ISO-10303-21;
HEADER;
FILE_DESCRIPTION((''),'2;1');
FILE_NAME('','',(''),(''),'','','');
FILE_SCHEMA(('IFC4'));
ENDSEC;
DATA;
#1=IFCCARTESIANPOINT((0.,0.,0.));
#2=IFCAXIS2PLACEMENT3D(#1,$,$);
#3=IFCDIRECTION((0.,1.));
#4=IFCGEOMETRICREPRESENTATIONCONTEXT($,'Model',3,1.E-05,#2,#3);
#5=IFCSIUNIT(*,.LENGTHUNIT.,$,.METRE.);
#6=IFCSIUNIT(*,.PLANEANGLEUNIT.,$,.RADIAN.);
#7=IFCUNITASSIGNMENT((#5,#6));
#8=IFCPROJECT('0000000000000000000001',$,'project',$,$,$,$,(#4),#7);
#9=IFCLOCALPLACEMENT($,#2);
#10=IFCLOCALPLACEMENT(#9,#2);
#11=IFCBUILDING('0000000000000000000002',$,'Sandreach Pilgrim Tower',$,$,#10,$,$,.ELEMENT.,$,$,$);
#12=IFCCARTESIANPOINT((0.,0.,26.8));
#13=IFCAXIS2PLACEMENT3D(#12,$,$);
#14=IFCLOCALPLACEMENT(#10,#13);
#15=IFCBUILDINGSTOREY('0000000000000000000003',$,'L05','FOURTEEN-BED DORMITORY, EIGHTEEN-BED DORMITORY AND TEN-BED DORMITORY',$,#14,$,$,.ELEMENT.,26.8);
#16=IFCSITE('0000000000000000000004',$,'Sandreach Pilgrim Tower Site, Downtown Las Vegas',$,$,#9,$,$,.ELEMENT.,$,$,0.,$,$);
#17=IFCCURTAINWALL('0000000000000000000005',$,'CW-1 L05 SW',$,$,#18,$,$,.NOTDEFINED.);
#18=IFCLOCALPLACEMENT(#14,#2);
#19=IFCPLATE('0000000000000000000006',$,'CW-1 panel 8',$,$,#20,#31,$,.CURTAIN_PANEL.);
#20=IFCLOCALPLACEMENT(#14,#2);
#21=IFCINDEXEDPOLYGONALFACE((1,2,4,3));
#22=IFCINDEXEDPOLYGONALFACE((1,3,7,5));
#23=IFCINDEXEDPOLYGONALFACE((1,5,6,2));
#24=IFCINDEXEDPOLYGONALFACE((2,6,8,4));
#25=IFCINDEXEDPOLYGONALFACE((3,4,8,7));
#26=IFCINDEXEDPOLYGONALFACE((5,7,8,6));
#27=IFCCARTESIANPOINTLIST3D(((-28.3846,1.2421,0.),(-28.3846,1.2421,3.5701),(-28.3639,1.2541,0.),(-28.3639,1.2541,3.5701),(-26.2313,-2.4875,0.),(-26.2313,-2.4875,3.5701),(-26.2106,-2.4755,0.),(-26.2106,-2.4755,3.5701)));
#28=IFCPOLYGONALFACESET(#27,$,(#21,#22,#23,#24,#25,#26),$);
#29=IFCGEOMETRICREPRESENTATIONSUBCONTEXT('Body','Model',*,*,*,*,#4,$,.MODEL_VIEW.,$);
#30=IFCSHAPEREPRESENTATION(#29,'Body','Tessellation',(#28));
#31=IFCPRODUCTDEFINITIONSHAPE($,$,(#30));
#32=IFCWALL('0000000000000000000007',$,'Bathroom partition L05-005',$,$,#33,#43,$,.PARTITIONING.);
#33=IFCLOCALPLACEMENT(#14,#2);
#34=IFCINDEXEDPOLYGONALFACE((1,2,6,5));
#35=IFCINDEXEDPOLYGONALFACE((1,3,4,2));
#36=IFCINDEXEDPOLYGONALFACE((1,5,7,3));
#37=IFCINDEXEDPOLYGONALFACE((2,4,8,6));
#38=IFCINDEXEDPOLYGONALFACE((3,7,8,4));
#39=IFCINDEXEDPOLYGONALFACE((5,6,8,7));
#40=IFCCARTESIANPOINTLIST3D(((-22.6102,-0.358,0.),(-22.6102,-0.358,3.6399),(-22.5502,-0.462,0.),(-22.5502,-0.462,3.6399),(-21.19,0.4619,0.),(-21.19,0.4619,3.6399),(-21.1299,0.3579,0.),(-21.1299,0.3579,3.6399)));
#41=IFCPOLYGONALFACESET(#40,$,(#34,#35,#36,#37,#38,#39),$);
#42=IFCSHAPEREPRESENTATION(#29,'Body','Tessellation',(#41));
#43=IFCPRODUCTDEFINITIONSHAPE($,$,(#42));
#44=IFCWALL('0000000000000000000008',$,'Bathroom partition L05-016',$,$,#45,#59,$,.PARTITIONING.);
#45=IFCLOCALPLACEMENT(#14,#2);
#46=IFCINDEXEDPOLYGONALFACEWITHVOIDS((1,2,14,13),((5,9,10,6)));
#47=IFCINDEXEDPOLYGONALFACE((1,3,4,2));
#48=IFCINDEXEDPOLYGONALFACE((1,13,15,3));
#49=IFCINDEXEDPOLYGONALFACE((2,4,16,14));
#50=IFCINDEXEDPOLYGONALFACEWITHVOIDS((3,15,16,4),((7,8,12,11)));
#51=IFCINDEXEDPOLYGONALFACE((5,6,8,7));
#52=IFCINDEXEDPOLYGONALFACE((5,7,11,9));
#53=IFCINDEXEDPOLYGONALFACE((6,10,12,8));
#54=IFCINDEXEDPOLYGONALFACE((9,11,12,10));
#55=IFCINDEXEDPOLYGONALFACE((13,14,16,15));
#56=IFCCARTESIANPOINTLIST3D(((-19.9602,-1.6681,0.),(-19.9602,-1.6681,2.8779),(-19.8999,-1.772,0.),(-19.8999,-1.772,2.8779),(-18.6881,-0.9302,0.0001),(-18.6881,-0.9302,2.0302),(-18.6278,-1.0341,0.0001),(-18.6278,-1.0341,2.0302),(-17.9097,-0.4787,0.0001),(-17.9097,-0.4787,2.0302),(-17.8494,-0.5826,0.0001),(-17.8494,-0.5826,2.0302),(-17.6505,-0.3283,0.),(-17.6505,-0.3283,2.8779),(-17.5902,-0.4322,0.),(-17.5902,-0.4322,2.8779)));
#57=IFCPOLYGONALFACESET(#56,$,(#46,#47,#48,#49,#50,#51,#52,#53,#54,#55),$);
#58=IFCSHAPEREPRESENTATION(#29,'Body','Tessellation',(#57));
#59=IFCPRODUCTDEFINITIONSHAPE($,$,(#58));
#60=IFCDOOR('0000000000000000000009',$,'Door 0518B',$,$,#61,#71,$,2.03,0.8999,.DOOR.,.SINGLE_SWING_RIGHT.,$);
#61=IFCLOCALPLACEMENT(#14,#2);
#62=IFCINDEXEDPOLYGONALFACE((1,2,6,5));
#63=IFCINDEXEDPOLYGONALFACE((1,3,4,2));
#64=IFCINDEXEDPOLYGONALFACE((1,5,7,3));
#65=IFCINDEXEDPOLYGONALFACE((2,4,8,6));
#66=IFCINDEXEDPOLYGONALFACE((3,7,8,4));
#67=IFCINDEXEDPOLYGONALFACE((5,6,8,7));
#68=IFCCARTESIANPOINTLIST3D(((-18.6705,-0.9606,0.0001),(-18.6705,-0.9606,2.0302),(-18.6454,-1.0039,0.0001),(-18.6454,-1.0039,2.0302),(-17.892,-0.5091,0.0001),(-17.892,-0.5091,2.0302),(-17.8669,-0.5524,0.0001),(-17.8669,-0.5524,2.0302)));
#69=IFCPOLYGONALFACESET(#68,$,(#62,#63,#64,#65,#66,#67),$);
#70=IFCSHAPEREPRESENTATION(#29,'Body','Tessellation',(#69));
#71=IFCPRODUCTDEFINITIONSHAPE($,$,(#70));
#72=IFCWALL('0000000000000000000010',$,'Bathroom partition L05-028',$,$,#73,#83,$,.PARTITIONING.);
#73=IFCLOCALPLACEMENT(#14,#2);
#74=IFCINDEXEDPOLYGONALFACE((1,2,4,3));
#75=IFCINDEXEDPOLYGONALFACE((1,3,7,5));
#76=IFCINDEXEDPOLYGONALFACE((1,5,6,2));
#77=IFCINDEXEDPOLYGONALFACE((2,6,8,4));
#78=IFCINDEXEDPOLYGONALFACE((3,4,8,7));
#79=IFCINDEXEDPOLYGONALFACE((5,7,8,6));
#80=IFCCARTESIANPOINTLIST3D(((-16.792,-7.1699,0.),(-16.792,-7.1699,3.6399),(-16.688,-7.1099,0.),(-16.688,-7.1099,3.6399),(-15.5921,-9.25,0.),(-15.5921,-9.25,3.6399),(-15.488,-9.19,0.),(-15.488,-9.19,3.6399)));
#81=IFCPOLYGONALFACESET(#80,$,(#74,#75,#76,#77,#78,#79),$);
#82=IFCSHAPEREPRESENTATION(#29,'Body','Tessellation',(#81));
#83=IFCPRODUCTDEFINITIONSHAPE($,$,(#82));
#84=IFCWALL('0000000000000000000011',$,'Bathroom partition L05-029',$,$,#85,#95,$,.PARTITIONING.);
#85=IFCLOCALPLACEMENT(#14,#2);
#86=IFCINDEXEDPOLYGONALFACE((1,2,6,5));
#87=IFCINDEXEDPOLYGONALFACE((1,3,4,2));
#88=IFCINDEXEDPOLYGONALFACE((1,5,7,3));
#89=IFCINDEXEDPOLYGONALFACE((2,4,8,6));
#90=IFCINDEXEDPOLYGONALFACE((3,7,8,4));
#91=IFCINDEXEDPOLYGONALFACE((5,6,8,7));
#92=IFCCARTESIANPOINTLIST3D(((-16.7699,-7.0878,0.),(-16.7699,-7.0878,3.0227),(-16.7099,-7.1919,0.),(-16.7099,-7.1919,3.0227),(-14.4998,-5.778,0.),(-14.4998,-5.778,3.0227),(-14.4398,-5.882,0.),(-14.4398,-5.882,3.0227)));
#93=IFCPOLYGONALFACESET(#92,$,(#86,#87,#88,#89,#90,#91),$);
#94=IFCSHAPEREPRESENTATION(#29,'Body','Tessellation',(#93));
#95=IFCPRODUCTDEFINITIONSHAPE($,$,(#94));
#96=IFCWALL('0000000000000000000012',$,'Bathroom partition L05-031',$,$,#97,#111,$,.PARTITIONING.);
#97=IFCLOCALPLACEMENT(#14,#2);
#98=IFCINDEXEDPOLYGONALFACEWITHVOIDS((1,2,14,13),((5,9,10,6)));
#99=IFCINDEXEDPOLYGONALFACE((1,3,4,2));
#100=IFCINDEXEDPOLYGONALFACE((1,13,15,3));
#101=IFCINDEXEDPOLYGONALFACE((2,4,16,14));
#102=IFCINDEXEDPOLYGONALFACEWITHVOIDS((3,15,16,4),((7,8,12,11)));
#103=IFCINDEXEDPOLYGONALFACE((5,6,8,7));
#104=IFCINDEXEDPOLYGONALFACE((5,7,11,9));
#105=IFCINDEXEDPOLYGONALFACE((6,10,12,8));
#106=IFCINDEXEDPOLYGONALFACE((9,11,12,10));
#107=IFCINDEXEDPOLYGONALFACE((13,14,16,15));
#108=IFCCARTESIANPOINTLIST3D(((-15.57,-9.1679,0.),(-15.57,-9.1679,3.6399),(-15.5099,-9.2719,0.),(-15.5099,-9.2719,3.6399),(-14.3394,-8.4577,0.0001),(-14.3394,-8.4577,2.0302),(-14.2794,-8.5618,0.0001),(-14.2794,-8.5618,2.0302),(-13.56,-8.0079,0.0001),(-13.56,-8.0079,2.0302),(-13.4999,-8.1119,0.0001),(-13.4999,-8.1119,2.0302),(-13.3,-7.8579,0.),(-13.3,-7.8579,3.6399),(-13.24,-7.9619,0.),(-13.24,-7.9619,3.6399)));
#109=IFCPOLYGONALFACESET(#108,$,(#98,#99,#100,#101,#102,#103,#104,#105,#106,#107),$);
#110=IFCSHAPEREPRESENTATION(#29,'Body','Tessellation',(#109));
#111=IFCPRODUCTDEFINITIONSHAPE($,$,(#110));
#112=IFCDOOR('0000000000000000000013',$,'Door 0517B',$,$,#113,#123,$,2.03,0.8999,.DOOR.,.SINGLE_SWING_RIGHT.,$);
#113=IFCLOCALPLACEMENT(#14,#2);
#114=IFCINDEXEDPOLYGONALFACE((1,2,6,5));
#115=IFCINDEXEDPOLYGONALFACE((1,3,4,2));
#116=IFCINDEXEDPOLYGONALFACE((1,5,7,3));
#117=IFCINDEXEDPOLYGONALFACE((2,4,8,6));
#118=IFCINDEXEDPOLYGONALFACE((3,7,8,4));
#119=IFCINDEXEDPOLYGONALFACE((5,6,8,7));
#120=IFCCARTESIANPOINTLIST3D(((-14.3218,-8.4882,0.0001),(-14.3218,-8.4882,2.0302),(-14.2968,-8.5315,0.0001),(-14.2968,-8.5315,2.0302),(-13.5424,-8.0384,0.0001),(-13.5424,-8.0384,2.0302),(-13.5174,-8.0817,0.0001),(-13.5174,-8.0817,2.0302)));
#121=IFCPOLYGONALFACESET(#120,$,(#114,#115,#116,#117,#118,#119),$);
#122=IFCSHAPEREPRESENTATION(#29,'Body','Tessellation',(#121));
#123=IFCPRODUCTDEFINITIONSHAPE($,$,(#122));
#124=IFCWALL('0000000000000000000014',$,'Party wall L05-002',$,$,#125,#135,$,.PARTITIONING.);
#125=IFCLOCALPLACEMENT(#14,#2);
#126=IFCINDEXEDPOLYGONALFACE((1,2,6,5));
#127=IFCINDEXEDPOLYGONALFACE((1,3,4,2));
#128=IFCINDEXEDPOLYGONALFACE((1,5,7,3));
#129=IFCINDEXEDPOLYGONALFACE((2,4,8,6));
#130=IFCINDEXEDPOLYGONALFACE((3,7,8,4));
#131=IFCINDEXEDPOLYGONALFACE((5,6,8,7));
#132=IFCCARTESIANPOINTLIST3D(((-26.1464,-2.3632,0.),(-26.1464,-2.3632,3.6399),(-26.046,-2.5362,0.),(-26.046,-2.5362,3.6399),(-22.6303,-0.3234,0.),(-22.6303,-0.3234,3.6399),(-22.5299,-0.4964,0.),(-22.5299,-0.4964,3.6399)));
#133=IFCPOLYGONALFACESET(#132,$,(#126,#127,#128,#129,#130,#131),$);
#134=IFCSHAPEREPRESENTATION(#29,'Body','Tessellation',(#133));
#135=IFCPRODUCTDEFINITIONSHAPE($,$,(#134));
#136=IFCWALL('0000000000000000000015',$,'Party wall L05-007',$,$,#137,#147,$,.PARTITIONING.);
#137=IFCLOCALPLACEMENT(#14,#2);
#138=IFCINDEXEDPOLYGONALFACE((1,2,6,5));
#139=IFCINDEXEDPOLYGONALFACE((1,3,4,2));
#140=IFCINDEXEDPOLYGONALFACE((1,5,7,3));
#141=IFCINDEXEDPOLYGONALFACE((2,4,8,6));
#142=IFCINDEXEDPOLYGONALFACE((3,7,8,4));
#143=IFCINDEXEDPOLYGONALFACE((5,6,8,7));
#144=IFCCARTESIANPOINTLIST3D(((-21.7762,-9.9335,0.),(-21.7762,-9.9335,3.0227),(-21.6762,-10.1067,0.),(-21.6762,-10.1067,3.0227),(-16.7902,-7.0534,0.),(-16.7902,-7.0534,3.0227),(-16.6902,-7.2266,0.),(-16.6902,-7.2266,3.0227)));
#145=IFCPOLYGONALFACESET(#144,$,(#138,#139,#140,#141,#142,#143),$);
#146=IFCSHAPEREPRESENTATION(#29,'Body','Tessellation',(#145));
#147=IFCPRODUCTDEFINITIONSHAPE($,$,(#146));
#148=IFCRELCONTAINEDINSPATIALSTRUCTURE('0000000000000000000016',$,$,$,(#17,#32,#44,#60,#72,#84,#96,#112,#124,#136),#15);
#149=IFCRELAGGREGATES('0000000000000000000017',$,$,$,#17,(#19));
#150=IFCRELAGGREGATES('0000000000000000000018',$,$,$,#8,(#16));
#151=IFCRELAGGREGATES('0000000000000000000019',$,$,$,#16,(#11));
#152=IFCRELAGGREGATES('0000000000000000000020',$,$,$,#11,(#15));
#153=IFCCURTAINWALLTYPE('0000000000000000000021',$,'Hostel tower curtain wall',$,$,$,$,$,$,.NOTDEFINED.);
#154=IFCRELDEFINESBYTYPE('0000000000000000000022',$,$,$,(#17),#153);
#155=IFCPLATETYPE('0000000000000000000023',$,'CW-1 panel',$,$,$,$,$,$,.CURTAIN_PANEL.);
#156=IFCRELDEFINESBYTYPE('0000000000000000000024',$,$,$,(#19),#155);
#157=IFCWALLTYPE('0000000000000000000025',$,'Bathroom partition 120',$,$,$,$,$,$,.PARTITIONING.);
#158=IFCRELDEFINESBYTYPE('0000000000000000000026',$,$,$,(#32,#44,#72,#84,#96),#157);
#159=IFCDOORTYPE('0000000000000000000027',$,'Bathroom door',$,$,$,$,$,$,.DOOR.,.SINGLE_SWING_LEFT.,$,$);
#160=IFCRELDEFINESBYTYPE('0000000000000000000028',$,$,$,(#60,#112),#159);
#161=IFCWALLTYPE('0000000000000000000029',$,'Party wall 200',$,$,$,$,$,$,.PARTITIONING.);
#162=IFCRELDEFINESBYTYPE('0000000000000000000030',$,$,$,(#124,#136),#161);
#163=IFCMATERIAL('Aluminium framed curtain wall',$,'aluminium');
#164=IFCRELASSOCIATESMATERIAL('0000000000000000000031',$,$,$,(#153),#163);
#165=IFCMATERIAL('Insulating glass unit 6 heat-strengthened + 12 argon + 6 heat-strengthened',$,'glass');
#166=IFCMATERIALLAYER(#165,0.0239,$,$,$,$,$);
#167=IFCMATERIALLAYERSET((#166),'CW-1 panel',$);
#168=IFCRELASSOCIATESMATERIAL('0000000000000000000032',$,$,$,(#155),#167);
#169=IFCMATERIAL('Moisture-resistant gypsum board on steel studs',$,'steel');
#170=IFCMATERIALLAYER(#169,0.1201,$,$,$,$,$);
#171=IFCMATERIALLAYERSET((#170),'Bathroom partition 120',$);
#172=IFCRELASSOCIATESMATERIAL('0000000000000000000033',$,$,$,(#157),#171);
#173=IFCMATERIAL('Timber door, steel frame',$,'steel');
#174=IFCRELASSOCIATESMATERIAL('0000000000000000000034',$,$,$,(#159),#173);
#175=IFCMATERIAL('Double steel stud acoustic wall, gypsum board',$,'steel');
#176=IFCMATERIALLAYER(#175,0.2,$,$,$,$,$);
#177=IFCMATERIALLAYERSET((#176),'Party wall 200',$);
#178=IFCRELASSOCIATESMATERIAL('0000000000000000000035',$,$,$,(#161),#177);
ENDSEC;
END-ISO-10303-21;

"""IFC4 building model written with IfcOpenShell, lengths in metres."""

from ifc_helpers import new_model, si_unit, direction, frame, frame_2d, origin, origin_2d, place, context, subcontext, project, spatial, rectangle, extrude, material, layer, layer_set, type_object, element, fill, aggregate, save


model = new_model("IFC4")

# Units and contexts
model_context = context("Model", 3, precision=1e-05, world=origin(), true_north=direction((0.0, 1.0)))
body_context = subcontext(model_context, "Body", "Model", "MODEL_VIEW")
ifc_project = project(units=[si_unit("LENGTHUNIT", "METRE"), si_unit("PLANEANGLEUNIT", "RADIAN")], contexts=[model_context])

# Site, building, storey
site_placement = place(None, origin())
site = spatial("IfcSite", under=ifc_project, at=site_placement, Name="Sandreach Pilgrim Tower Site, Downtown Las Vegas", CompositionType="ELEMENT", RefElevation=0.0)
building_placement = place(site_placement, origin())
building = spatial("IfcBuilding", under=site, at=building_placement, Name="Sandreach Pilgrim Tower", CompositionType="ELEMENT")
storey_placement = place(building_placement, frame((0.0, 0.0, 26.8)))
storey = spatial("IfcBuildingStorey", under=building, at=storey_placement, Name="L05", Description="FOURTEEN-BED DORMITORY, EIGHTEEN-BED DORMITORY AND TEN-BED DORMITORY", CompositionType="ELEMENT", Elevation=26.8)

# Curtain wall
ifc_material_1 = material(Name="Aluminium framed curtain wall", Category="aluminium")
curtain_wall_type = type_object("IfcCurtainWallType", Name="Hostel tower curtain wall", PredefinedType="NOTDEFINED", material=ifc_material_1)
curtain_wall_placement = place(storey_placement, origin())
curtain_wall = element("IfcCurtainWall", 1, at=curtain_wall_placement, inside=storey, type_object=curtain_wall_type, Name="CW-1 L05 SW", PredefinedType="NOTDEFINED")

# Plate
ifc_material_2 = material(Name="Insulating glass unit 6 heat-strengthened + 12 argon + 6 heat-strengthened", Category="glass")
ifc_layer_1 = layer(ifc_material_2, 0.0239)
ifc_layer_set_1 = layer_set([ifc_layer_1], Name="CW-1 panel")
plate_type = type_object("IfcPlateType", Name="CW-1 panel", PredefinedType="CURTAIN_PANEL", material=ifc_layer_set_1)
plate_1_placement = place(storey_placement, frame((-27.2976, -0.6167, 0.0), z_axis=(0.0, 0.0, 1.0), x_axis=(-0.5, 0.866025, 0.0)))
plate_1 = element("IfcPlate", 2, at=plate_1_placement, type_object=plate_type, Name="CW-1 panel 8", PredefinedType="CURTAIN_PANEL", context=body_context, shape_type="SweptSolid", body=[
    extrude(rectangle(XDim=4.3066, YDim=0.0239, at=origin_2d()), origin(), (0.0, 0.0, 1.0), 3.5701),
])
aggregate(curtain_wall, [plate_1])

# Wall
ifc_material_3 = material(Name="Moisture-resistant gypsum board on steel studs", Category="steel")
ifc_layer_2 = layer(ifc_material_3, 0.1201)
ifc_layer_set_2 = layer_set([ifc_layer_2], Name="Bathroom partition 120")
wall_type_1 = type_object("IfcWallType", Name="Bathroom partition 120", PredefinedType="PARTITIONING", material=ifc_layer_set_2)
wall_1_placement = place(storey_placement, frame((-22.5801, -0.4099, 0.0), z_axis=(0.0, 0.0, 1.0), x_axis=(0.866054, 0.49995, 0.0)))
element("IfcWall", 3, at=wall_1_placement, inside=storey, type_object=wall_type_1, Name="Bathroom partition L05-005", PredefinedType="PARTITIONING", context=body_context, shape_type="SweptSolid", body=[
    extrude(rectangle(XDim=1.6399, YDim=0.1201, at=frame_2d((0.8198, 0.0))), origin(), (0.0, 0.0, 1.0), 3.6399),
])

# Wall, opening, door
wall_2_placement = place(storey_placement, frame((-19.9299, -1.72, 0.0), z_axis=(0.0, 0.0, 1.0), x_axis=(0.865007, 0.501761, 0.0)))
wall_2 = element("IfcWall", 4, at=wall_2_placement, inside=storey, type_object=wall_type_1, Name="Bathroom partition L05-016", PredefinedType="PARTITIONING", context=body_context, shape_type="SweptSolid", body=[
    extrude(rectangle(XDim=2.6702, YDim=0.1201, at=frame_2d((1.335, 0.0))), origin(), (0.0, 0.0, 1.0), 2.8779),
])
opening_1_placement = place(wall_2_placement, frame((1.4705, 0.0, 0.0)))
opening_1 = element("IfcOpeningElement", 5, at=opening_1_placement, cuts=wall_2, PredefinedType="OPENING", context=body_context, shape_type="SweptSolid", body=[
    extrude(rectangle(XDim=0.8999, YDim=2.03, at=frame_2d((0.45, 1.0151))), frame((0.0, 0.0601, 0.0), z_axis=(0.0, -1.0, 0.0), x_axis=(1.0, 0.0, 0.0)), (0.0, 0.0, 1.0), 0.1201),
])
ifc_material_4 = material(Name="Timber door, steel frame", Category="steel")
door_type_1 = type_object("IfcDoorType", Name="Bathroom door", OperationType="SINGLE_SWING_LEFT", PredefinedType="DOOR", material=ifc_material_4)
door_1_placement = place(opening_1_placement, origin())
door_1 = element("IfcDoor", 6, at=door_1_placement, inside=storey, type_object=door_type_1, Name="Door 0518B", OperationType="SINGLE_SWING_RIGHT", OverallHeight=2.03, OverallWidth=0.8999, PredefinedType="DOOR", context=body_context, shape_type="SweptSolid", body=[
    extrude(rectangle(XDim=0.8999, YDim=2.03, at=frame_2d((0.45, 1.0151))), frame((0.0, 0.0249, 0.0), z_axis=(0.0, -1.0, 0.0), x_axis=(1.0, 0.0, 0.0)), (0.0, 0.0, 1.0), 0.05),
])
fill(opening_1, door_1)

# Walls
wall_3_placement = place(storey_placement, frame((-16.74, -7.1399, 0.0), z_axis=(0.0, 0.0, 1.0), x_axis=(0.499693, -0.866203, 0.0)))
element("IfcWall", 7, at=wall_3_placement, inside=storey, type_object=wall_type_1, Name="Bathroom partition L05-028", PredefinedType="PARTITIONING", context=body_context, shape_type="SweptSolid", body=[
    extrude(rectangle(XDim=2.4014, YDim=0.1201, at=frame_2d((1.2007, 0.0))), origin(), (0.0, 0.0, 1.0), 3.6399),
])
wall_4_placement = place(storey_placement, frame((-16.74, -7.1399, 0.0), z_axis=(0.0, 0.0, 1.0), x_axis=(0.866155, 0.499776, 0.0)))
element("IfcWall", 8, at=wall_4_placement, inside=storey, type_object=wall_type_1, Name="Bathroom partition L05-029", PredefinedType="PARTITIONING", context=body_context, shape_type="SweptSolid", body=[
    extrude(rectangle(XDim=2.6208, YDim=0.1201, at=frame_2d((1.3105, 0.0))), origin(), (0.0, 0.0, 1.0), 3.0227),
])

# Wall, opening, door
wall_5_placement = place(storey_placement, frame((-15.54, -9.22, 0.0), z_axis=(0.0, 0.0, 1.0), x_axis=(0.866114, 0.499846, 0.0)))
wall_5 = element("IfcWall", 9, at=wall_5_placement, inside=storey, type_object=wall_type_1, Name="Bathroom partition L05-031", PredefinedType="PARTITIONING", context=body_context, shape_type="SweptSolid", body=[
    extrude(rectangle(XDim=2.6208, YDim=0.1201, at=frame_2d((1.3105, 0.0))), origin(), (0.0, 0.0, 1.0), 3.6399),
])
opening_2_placement = place(wall_5_placement, frame((1.4209, 0.0, 0.0)))
opening_2 = element("IfcOpeningElement", 10, at=opening_2_placement, cuts=wall_5, PredefinedType="OPENING", context=body_context, shape_type="SweptSolid", body=[
    extrude(rectangle(XDim=0.8999, YDim=2.03, at=frame_2d((0.45, 1.0151))), frame((0.0, 0.0601, 0.0), z_axis=(0.0, -1.0, 0.0), x_axis=(1.0, 0.0, 0.0)), (0.0, 0.0, 1.0), 0.1201),
])
door_2_placement = place(opening_2_placement, origin())
door_2 = element("IfcDoor", 11, at=door_2_placement, inside=storey, type_object=door_type_1, Name="Door 0517B", OperationType="SINGLE_SWING_RIGHT", OverallHeight=2.03, OverallWidth=0.8999, PredefinedType="DOOR", context=body_context, shape_type="SweptSolid", body=[
    extrude(rectangle(XDim=0.8999, YDim=2.03, at=frame_2d((0.45, 1.0151))), frame((0.0, 0.0249, 0.0), z_axis=(0.0, -1.0, 0.0), x_axis=(1.0, 0.0, 0.0)), (0.0, 0.0, 1.0), 0.05),
])
fill(opening_2, door_2)

# Walls
ifc_material_5 = material(Name="Double steel stud acoustic wall, gypsum board", Category="steel")
ifc_layer_3 = layer(ifc_material_5, 0.2)
ifc_layer_set_3 = layer_set([ifc_layer_3], Name="Party wall 200")
wall_type_2 = type_object("IfcWallType", Name="Party wall 200", PredefinedType="PARTITIONING", material=ifc_layer_set_3)
wall_6_placement = place(storey_placement, frame((-26.0962, -2.4497, 0.0), z_axis=(0.0, 0.0, 1.0), x_axis=(0.864983, 0.501801, 0.0)))
element("IfcWall", 12, at=wall_6_placement, inside=storey, type_object=wall_type_2, Name="Party wall L05-002", PredefinedType="PARTITIONING", context=body_context, shape_type="SweptSolid", body=[
    extrude(rectangle(XDim=4.0649, YDim=0.2, at=frame_2d((2.0325, 0.0))), origin(), (0.0, 0.0, 1.0), 3.6399),
])
wall_7_placement = place(storey_placement, frame((-21.7261, -10.02, 0.0), z_axis=(0.0, 0.0, 1.0), x_axis=(0.865919, 0.500184, 0.0)))
element("IfcWall", 13, at=wall_7_placement, inside=storey, type_object=wall_type_2, Name="Party wall L05-007", PredefinedType="PARTITIONING", context=body_context, shape_type="SweptSolid", body=[
    extrude(rectangle(XDim=5.7581, YDim=0.2, at=frame_2d((2.8789, 0.0))), origin(), (0.0, 0.0, 1.0), 3.0227),
])

save(model, "model.ifc")
